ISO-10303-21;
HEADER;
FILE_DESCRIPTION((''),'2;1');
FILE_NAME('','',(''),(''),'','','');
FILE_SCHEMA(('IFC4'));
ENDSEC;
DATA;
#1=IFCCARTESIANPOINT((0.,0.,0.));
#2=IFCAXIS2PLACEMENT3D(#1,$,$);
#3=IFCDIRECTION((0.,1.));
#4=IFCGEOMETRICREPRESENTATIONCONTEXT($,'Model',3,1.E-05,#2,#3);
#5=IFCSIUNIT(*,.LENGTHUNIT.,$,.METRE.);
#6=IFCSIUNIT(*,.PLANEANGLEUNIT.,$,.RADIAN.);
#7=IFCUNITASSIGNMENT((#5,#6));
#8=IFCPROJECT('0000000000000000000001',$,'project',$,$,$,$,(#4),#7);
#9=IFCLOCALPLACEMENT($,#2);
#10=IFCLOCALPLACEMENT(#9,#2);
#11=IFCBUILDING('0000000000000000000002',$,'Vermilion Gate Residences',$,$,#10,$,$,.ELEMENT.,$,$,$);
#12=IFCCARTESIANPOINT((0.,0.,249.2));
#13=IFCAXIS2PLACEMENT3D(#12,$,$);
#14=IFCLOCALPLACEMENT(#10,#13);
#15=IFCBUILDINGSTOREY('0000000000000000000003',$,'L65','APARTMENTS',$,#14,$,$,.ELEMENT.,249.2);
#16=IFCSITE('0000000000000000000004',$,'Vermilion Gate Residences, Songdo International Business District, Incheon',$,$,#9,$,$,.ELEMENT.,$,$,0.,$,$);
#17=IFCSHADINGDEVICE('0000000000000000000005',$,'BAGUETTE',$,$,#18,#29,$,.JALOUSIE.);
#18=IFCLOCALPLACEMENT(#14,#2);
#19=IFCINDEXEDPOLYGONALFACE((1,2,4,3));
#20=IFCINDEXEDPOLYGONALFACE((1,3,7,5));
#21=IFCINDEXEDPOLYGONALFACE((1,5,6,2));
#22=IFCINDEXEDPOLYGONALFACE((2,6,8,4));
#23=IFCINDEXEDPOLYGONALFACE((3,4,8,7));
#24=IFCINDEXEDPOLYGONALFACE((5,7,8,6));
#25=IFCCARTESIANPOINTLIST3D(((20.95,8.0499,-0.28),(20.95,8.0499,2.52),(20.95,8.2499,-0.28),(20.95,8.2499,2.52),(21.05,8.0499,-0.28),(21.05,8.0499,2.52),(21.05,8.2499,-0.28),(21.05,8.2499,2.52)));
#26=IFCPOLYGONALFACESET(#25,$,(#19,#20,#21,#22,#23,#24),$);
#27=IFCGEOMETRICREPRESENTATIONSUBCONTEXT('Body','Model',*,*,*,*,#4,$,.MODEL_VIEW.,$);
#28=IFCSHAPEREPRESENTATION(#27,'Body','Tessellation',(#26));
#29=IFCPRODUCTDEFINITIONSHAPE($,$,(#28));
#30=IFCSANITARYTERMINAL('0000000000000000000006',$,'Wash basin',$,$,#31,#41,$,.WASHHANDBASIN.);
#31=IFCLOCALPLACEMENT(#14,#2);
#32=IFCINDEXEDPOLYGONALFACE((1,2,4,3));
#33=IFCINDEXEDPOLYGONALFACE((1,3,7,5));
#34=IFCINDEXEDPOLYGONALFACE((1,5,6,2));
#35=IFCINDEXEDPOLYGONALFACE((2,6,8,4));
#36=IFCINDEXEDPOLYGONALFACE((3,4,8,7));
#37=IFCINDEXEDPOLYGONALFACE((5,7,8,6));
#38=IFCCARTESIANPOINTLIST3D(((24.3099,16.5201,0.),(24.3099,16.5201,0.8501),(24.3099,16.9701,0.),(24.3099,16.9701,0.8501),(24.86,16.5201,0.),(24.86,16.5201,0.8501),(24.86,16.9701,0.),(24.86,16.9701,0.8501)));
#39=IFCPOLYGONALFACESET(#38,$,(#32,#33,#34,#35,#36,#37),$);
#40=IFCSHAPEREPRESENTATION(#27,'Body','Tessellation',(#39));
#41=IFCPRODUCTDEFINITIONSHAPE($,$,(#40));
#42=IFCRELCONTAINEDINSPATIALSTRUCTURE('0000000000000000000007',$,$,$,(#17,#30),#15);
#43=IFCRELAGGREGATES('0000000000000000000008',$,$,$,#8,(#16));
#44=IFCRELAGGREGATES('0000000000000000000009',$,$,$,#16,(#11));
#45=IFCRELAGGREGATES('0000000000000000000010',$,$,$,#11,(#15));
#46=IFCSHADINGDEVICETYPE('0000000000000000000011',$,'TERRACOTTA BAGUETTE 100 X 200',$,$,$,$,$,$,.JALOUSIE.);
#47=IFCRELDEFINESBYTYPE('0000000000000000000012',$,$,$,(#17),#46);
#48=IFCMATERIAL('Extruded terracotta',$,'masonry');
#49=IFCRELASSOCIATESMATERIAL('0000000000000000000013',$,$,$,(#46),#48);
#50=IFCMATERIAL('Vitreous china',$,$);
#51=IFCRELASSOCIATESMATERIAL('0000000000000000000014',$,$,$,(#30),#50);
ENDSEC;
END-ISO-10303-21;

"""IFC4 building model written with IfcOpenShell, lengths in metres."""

from ifc_helpers import new_model, si_unit, direction, frame, origin, origin_2d, place, context, subcontext, project, spatial, rectangle, extrude, material, material_profile, profile_set, type_object, element, save


model = new_model("IFC4")

# Units and contexts
model_context = context("Model", 3, precision=1e-05, world=origin(), true_north=direction((0.0, 1.0)))
body_context = subcontext(model_context, "Body", "Model", "MODEL_VIEW")
ifc_project = project(units=[si_unit("LENGTHUNIT", "METRE"), si_unit("PLANEANGLEUNIT", "RADIAN")], contexts=[model_context])

# Site, building, storey
site_placement = place(None, origin())
site = spatial("IfcSite", under=ifc_project, at=site_placement, Name="Vermilion Gate Residences, Songdo International Business District, Incheon", CompositionType="ELEMENT", RefElevation=0.0)
building_placement = place(site_placement, origin())
building = spatial("IfcBuilding", under=site, at=building_placement, Name="Vermilion Gate Residences", CompositionType="ELEMENT")
storey_placement = place(building_placement, frame((0.0, 0.0, 249.2)))
storey = spatial("IfcBuildingStorey", under=building, at=storey_placement, Name="L65", Description="APARTMENTS", CompositionType="ELEMENT", Elevation=249.2)

# Shading device
ifc_material_1 = material(Name="Extruded terracotta", Category="masonry")
ifc_material_profile_1 = material_profile(ifc_material_1, rectangle(XDim=0.2, YDim=0.1001, at=origin_2d()), Name="BAGUETTE 100 X 200")
ifc_profile_set_1 = profile_set([ifc_material_profile_1], Name="Extruded terracotta")
shading_device_type_1 = type_object("IfcShadingDeviceType", Name="TERRACOTTA BAGUETTE 100 X 200", PredefinedType="JALOUSIE", material=ifc_profile_set_1)
shading_device_1_placement = place(storey_placement, frame((21.0, 8.1499, -0.28), z_axis=(0.0, 0.0, 1.0), x_axis=(0.0, 1.0, 0.0)))
element("IfcShadingDevice", 1, at=shading_device_1_placement, inside=storey, type_object=shading_device_type_1, Name="BAGUETTE", PredefinedType="JALOUSIE", context=body_context, shape_type="SweptSolid", body=[
    extrude(rectangle(XDim=0.2, YDim=0.1001, at=origin_2d()), origin(), (0.0, 0.0, 1.0), 2.8),
])

# Sanitary terminal
ifc_material_2 = material(Name="Vitreous china")
sanitary_terminal_placement = place(storey_placement, frame((24.585, 16.7451, 0.0), z_axis=(0.0, 0.0, 1.0), x_axis=(1.0, 0.0, 0.0)))
element("IfcSanitaryTerminal", 2, at=sanitary_terminal_placement, inside=storey, material=ifc_material_2, Name="Wash basin", PredefinedType="WASHHANDBASIN", context=body_context, shape_type="SweptSolid", body=[
    extrude(rectangle(XDim=0.55, YDim=0.45, at=origin_2d()), origin(), (0.0, 0.0, 1.0), 0.8501),
])

save(model, "model.ifc")
